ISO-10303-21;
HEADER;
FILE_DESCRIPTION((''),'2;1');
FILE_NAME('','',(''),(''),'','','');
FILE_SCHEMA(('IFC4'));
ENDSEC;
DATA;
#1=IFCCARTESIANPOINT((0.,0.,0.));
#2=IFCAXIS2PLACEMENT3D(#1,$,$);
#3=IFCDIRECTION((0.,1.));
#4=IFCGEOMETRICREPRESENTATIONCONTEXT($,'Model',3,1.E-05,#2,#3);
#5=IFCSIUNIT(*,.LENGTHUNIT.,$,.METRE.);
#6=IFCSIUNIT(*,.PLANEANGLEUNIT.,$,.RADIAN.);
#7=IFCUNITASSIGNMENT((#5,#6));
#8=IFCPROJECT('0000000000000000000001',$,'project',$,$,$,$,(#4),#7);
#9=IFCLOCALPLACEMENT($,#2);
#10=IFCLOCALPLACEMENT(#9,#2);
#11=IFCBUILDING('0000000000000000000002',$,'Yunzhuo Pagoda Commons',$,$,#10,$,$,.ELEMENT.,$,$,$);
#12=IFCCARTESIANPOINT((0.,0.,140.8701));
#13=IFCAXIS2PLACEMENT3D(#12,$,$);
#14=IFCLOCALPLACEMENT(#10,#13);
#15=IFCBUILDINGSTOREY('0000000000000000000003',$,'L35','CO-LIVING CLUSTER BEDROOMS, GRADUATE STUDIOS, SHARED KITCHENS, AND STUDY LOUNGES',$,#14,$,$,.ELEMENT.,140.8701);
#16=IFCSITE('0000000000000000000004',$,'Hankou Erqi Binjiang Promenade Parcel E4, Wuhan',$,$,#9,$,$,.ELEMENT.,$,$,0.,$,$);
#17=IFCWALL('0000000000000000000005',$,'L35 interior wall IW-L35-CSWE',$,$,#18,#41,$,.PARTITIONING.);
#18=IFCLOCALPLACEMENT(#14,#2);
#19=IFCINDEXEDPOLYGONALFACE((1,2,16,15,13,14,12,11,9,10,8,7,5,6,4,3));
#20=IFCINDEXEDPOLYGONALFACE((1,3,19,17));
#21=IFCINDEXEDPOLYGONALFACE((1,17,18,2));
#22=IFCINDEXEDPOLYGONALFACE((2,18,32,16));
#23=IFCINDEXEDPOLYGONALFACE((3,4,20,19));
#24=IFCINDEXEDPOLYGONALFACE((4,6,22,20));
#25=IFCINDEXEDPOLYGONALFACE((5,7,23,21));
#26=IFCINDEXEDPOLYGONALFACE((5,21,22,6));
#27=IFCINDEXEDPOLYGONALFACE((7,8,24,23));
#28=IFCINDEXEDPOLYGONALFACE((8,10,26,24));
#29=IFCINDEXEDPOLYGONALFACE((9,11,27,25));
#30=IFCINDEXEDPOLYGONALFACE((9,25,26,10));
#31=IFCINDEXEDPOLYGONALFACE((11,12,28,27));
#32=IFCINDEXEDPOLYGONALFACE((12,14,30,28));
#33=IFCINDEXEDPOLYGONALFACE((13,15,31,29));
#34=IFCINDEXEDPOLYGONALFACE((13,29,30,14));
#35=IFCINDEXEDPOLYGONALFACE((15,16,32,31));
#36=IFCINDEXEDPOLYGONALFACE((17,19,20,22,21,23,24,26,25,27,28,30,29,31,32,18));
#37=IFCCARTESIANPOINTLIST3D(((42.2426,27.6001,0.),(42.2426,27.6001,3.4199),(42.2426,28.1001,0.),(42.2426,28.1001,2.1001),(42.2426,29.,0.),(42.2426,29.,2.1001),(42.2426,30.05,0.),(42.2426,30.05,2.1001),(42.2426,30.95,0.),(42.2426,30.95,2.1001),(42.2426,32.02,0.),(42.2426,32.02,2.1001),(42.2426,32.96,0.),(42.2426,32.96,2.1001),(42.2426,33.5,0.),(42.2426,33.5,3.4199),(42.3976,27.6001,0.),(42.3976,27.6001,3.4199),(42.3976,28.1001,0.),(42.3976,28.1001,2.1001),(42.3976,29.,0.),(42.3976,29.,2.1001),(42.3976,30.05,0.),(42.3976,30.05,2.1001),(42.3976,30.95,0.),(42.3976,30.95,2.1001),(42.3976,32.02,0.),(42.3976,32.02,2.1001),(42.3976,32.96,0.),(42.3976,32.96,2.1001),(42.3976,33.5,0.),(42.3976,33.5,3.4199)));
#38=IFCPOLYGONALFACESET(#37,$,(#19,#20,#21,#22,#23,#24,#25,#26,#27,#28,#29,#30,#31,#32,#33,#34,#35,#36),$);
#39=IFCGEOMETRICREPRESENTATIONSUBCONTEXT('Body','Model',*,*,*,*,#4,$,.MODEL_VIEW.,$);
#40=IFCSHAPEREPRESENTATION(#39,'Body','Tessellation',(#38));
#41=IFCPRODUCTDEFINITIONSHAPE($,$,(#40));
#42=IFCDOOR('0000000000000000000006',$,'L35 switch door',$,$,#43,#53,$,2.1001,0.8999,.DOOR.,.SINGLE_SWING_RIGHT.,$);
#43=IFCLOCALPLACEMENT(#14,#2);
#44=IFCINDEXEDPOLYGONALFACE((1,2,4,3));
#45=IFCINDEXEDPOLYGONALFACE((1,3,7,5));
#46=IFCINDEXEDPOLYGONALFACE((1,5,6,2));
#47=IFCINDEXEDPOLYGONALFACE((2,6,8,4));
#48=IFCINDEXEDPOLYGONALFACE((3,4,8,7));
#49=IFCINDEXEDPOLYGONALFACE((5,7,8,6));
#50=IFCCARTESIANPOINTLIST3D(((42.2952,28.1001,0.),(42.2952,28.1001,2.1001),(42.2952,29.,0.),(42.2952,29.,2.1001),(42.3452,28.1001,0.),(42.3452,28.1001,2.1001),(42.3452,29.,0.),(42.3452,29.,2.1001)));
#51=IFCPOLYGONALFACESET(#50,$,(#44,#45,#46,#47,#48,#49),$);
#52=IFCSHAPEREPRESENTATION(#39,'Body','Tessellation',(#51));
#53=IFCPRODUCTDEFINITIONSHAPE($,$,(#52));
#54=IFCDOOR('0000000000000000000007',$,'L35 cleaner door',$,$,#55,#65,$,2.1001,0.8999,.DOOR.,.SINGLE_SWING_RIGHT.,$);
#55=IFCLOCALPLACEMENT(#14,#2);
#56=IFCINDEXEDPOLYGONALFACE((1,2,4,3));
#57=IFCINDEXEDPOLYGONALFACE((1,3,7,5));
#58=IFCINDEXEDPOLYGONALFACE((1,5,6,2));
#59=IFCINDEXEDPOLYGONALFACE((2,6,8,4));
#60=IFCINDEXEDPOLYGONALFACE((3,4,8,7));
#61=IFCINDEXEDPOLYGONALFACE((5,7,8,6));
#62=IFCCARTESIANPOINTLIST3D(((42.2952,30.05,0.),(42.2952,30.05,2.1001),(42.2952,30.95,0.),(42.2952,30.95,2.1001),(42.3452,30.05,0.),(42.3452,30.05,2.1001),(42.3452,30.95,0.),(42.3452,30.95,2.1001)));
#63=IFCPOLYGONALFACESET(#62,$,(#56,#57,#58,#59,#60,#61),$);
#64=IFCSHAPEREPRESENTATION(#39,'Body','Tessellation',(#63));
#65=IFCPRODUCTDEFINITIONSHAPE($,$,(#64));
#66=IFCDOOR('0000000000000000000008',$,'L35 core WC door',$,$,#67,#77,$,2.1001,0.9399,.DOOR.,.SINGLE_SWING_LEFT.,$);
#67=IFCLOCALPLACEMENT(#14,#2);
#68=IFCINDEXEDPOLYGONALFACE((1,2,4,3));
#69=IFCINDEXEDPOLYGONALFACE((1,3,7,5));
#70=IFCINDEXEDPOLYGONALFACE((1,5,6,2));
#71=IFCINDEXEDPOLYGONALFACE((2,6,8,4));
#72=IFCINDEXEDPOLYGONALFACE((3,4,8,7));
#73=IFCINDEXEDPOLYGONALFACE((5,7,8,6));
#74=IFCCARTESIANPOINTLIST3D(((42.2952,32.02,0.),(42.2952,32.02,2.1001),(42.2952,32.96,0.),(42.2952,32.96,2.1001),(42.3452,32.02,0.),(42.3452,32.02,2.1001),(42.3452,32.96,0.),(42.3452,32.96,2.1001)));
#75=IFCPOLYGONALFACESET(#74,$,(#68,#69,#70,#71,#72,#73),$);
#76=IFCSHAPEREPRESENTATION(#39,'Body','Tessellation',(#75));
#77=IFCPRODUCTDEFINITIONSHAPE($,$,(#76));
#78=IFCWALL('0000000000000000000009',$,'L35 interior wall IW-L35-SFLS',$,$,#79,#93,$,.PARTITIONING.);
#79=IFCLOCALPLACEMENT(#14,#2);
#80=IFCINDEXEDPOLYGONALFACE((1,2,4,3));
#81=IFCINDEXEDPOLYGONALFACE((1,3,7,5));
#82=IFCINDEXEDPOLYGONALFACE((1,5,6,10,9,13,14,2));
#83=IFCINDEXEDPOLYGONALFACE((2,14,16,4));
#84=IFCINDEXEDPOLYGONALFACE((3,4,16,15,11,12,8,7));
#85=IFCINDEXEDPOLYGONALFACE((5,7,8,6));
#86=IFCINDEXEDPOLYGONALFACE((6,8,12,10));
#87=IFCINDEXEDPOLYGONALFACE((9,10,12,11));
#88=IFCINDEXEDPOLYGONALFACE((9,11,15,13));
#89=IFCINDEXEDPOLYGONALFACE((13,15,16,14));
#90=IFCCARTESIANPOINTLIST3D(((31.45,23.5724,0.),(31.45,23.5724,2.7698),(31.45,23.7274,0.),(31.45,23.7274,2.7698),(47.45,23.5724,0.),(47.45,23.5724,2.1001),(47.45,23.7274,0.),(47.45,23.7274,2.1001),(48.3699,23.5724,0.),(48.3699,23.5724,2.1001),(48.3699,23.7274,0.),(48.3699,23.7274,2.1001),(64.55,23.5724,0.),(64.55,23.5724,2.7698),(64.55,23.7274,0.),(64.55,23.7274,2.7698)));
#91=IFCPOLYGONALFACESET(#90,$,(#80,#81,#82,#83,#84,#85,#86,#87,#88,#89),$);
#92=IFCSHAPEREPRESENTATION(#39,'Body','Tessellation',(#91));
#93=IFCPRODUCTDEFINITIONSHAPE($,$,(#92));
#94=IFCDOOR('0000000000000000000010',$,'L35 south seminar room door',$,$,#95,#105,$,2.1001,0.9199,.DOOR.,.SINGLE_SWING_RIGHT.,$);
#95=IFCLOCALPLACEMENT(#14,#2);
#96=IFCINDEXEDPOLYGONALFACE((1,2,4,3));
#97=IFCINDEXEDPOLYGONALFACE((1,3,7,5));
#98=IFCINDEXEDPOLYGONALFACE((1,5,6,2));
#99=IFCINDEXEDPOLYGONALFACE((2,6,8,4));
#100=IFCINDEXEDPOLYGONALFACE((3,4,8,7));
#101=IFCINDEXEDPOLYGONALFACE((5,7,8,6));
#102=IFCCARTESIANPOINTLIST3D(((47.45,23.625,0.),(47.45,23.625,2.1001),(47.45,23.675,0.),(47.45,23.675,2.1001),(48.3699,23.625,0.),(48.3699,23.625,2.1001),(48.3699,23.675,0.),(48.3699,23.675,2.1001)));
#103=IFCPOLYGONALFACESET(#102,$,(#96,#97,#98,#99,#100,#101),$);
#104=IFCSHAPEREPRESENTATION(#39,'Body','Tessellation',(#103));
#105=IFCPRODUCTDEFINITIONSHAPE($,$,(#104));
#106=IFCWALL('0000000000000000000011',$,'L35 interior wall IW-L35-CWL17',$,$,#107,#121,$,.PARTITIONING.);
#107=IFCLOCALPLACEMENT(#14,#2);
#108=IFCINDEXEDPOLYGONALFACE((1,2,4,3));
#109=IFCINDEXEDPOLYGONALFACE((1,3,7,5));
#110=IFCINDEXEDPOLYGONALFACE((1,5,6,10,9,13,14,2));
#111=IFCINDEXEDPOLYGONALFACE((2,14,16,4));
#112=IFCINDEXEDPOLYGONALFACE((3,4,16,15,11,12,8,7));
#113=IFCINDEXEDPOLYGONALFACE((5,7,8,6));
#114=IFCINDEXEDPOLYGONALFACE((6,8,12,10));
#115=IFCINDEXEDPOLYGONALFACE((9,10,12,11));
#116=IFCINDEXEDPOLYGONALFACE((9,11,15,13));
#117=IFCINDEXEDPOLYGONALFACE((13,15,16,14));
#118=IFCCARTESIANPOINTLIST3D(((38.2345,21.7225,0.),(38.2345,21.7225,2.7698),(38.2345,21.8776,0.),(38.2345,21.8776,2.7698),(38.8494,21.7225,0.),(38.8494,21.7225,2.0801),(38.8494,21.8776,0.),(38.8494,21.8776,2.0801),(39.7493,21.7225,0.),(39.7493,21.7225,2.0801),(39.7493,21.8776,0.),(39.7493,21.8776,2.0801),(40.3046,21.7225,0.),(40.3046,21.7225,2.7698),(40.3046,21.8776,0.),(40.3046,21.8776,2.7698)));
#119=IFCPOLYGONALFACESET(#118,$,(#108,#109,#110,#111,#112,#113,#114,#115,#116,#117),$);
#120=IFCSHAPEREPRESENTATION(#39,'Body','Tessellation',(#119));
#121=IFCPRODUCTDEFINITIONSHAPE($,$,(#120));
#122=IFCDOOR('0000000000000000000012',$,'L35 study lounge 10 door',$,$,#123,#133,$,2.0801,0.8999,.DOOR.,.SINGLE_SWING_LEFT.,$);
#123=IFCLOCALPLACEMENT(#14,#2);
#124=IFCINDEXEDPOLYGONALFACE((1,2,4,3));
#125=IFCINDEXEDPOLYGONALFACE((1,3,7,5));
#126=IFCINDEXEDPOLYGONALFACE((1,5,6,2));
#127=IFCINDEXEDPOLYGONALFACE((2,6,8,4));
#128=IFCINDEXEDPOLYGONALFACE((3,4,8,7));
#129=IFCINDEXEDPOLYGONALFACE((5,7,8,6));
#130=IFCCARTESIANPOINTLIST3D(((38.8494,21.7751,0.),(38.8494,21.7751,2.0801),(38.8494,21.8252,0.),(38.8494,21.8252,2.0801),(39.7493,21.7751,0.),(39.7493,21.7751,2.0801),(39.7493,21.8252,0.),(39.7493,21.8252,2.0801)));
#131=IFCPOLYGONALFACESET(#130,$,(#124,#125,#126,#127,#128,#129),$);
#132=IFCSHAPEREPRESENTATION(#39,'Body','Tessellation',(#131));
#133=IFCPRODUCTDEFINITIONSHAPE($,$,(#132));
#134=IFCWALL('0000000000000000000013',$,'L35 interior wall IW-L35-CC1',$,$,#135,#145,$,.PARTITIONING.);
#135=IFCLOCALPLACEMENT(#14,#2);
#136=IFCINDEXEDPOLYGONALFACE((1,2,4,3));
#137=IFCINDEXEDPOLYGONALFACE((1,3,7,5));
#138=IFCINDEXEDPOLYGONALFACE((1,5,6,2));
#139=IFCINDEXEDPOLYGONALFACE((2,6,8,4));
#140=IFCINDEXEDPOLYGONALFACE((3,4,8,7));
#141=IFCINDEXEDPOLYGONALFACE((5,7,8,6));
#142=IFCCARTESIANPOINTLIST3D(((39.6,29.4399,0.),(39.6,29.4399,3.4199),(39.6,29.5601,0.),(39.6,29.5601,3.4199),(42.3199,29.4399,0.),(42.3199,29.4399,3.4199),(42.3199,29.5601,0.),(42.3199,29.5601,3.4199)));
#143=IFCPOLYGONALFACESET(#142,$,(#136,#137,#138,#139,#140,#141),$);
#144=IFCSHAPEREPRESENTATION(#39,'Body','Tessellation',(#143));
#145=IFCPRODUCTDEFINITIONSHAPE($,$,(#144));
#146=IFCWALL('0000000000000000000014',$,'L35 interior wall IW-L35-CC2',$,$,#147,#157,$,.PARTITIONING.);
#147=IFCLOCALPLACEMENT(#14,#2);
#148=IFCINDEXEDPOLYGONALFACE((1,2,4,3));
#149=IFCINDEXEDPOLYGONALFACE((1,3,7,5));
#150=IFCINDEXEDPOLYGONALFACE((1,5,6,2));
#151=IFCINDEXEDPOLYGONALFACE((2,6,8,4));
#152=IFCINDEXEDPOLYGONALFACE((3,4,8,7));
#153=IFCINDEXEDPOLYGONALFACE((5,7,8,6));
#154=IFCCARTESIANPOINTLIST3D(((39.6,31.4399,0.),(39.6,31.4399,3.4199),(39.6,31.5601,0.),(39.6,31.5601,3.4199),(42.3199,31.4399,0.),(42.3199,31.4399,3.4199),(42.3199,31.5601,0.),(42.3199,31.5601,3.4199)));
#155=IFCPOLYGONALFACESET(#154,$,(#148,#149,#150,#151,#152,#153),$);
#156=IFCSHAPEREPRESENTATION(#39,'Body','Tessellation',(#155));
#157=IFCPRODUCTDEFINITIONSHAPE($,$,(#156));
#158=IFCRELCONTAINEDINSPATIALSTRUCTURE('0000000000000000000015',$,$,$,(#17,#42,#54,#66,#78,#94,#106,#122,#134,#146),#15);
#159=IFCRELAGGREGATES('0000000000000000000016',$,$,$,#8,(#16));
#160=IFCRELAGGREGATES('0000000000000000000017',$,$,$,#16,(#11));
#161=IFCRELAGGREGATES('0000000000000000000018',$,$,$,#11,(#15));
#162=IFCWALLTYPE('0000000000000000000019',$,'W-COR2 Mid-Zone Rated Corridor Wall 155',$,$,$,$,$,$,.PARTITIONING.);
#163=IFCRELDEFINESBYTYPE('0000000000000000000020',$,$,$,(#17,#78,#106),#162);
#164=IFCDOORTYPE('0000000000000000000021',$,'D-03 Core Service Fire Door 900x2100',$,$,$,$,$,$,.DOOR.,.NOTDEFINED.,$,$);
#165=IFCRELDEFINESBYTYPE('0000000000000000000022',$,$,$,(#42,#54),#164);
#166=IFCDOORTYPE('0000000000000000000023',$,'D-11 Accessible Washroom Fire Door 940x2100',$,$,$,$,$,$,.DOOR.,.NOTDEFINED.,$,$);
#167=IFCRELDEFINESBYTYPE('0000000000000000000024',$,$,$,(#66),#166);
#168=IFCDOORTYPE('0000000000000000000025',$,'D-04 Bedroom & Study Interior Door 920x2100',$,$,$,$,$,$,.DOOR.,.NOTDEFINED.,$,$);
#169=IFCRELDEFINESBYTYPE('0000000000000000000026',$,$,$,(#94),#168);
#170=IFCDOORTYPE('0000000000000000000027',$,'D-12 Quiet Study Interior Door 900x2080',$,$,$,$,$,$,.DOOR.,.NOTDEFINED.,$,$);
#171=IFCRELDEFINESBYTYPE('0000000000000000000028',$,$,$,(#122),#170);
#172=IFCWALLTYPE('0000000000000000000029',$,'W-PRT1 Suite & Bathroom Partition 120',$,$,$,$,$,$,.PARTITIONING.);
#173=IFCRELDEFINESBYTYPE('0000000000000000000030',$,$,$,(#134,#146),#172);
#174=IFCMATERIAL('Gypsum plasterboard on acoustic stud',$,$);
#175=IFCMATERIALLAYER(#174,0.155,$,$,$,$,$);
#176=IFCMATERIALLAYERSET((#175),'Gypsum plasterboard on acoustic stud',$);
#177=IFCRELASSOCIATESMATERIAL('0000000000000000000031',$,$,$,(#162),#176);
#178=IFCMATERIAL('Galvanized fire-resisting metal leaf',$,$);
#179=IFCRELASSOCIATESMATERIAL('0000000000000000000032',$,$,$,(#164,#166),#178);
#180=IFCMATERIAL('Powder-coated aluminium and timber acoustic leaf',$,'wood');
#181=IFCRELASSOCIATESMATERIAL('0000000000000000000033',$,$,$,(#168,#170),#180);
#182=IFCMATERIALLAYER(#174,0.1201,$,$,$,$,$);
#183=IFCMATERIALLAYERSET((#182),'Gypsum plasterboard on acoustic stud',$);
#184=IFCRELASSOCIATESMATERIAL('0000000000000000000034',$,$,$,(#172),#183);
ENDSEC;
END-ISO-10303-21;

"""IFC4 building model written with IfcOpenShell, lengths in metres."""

from ifc_helpers import new_model, si_unit, direction, frame, frame_2d, origin, origin_with_axes, place, context, subcontext, project, spatial, rectangle, extrude, source, transform, mapped, material, layer, layer_set, type_object, element, fill, save


model = new_model("IFC4")

# Units and contexts
model_context = context("Model", 3, precision=1e-05, world=origin(), true_north=direction((0.0, 1.0)))
body_context = subcontext(model_context, "Body", "Model", "MODEL_VIEW")
ifc_project = project(units=[si_unit("LENGTHUNIT", "METRE"), si_unit("PLANEANGLEUNIT", "RADIAN")], contexts=[model_context])

# Site, building, storey
site_placement = place(None, origin())
site = spatial("IfcSite", under=ifc_project, at=site_placement, Name="Hankou Erqi Binjiang Promenade Parcel E4, Wuhan", CompositionType="ELEMENT", RefElevation=0.0)
building_placement = place(site_placement, origin())
building = spatial("IfcBuilding", under=site, at=building_placement, Name="Yunzhuo Pagoda Commons", CompositionType="ELEMENT")
storey_placement = place(building_placement, frame((0.0, 0.0, 140.8701)))
storey = spatial("IfcBuildingStorey", under=building, at=storey_placement, Name="L35", Description="CO-LIVING CLUSTER BEDROOMS, GRADUATE STUDIOS, SHARED KITCHENS, AND STUDY LOUNGES", CompositionType="ELEMENT", Elevation=140.8701)

# Wall, openings, doors
ifc_material_1 = material(Name="Gypsum plasterboard on acoustic stud")
ifc_layer_1 = layer(ifc_material_1, 0.155)
ifc_layer_set_1 = layer_set([ifc_layer_1], Name="Gypsum plasterboard on acoustic stud")
wall_type_1 = type_object("IfcWallType", Name="W-COR2 Mid-Zone Rated Corridor Wall 155", PredefinedType="PARTITIONING", material=ifc_layer_set_1)
wall_1_placement = place(storey_placement, frame((42.3201, 27.6001, 0.0), z_axis=(0.0, 0.0, 1.0), x_axis=(0.0, 1.0, 0.0)))
wall_1 = element("IfcWall", 1, at=wall_1_placement, inside=storey, type_object=wall_type_1, Name="L35 interior wall IW-L35-CSWE", PredefinedType="PARTITIONING", context=body_context, shape_type="SweptSolid", body=[
    extrude(rectangle(XDim=5.8999, YDim=0.155, at=frame_2d((2.95, 0.0))), origin(), (0.0, 0.0, 1.0), 3.4199),
])
opening_1_placement = place(wall_1_placement, frame((0.5, 0.0, 0.0)))
opening_1 = element("IfcOpeningElement", 2, at=opening_1_placement, cuts=wall_1, PredefinedType="OPENING", context=body_context, shape_type="SweptSolid", body=[
    extrude(rectangle(XDim=0.8999, YDim=2.1001, at=frame_2d((0.45, 1.05))), frame((0.0, 0.0874, 0.0), z_axis=(0.0, -1.0, 0.0), x_axis=(1.0, 0.0, 0.0)), (0.0, 0.0, 1.0), 0.175),
])
opening_2_placement = place(wall_1_placement, frame((2.45, 0.0, 0.0)))
opening_2 = element("IfcOpeningElement", 3, at=opening_2_placement, cuts=wall_1, PredefinedType="OPENING", context=body_context, shape_type="SweptSolid", body=[
    extrude(rectangle(XDim=0.8999, YDim=2.1001, at=frame_2d((0.45, 1.05))), frame((0.0, 0.0874, 0.0), z_axis=(0.0, -1.0, 0.0), x_axis=(1.0, 0.0, 0.0)), (0.0, 0.0, 1.0), 0.175),
])
opening_3_placement = place(wall_1_placement, frame((4.4199, 0.0, 0.0)))
opening_3 = element("IfcOpeningElement", 4, at=opening_3_placement, cuts=wall_1, PredefinedType="OPENING", context=body_context, shape_type="SweptSolid", body=[
    extrude(rectangle(XDim=0.9399, YDim=2.1001, at=frame_2d((0.47, 1.05))), frame((0.0, 0.0874, 0.0), z_axis=(0.0, -1.0, 0.0), x_axis=(1.0, 0.0, 0.0)), (0.0, 0.0, 1.0), 0.175),
])
ifc_material_2 = material(Name="Galvanized fire-resisting metal leaf")
door_type_1 = type_object("IfcDoorType", Name="D-03 Core Service Fire Door 900x2100", OperationType="NOTDEFINED", PredefinedType="DOOR", material=ifc_material_2)
shared_shape_1 = source(origin(), body_context, "Body", "SweptSolid", [
    extrude(rectangle(XDim=0.8999, YDim=2.1001, at=frame_2d((0.45, 1.05))), frame((0.0, 0.0249, 0.0), z_axis=(0.0, -1.0, 0.0), x_axis=(1.0, 0.0, 0.0)), (0.0, 0.0, 1.0), 0.05),
])
door_1_placement = place(opening_1_placement, origin_with_axes())
door_1 = element("IfcDoor", 5, at=door_1_placement, inside=storey, type_object=door_type_1, Name="L35 switch door", OperationType="SINGLE_SWING_RIGHT", OverallHeight=2.1001, OverallWidth=0.8999, PredefinedType="DOOR", context=body_context, shape_type="MappedRepresentation", body=[
    mapped(shared_shape_1, transform((0.0, 0.0, 0.0), scale=1.0)),
])
fill(opening_1, door_1)
door_2_placement = place(opening_2_placement, origin_with_axes())
door_2 = element("IfcDoor", 6, at=door_2_placement, inside=storey, type_object=door_type_1, Name="L35 cleaner door", OperationType="SINGLE_SWING_RIGHT", OverallHeight=2.1001, OverallWidth=0.8999, PredefinedType="DOOR", context=body_context, shape_type="MappedRepresentation", body=[
    mapped(shared_shape_1, transform((0.0, 0.0, 0.0), scale=1.0)),
])
fill(opening_2, door_2)
door_type_2 = type_object("IfcDoorType", Name="D-11 Accessible Washroom Fire Door 940x2100", OperationType="NOTDEFINED", PredefinedType="DOOR", material=ifc_material_2)
shared_shape_2 = source(origin(), body_context, "Body", "SweptSolid", [
    extrude(rectangle(XDim=0.9399, YDim=2.1001, at=frame_2d((0.47, 1.05))), frame((0.0, 0.0249, 0.0), z_axis=(0.0, -1.0, 0.0), x_axis=(1.0, 0.0, 0.0)), (0.0, 0.0, 1.0), 0.05),
])
door_3_placement = place(opening_3_placement, origin_with_axes())
door_3 = element("IfcDoor", 7, at=door_3_placement, inside=storey, type_object=door_type_2, Name="L35 core WC door", OperationType="SINGLE_SWING_LEFT", OverallHeight=2.1001, OverallWidth=0.9399, PredefinedType="DOOR", context=body_context, shape_type="MappedRepresentation", body=[
    mapped(shared_shape_2, transform((0.0, 0.0, 0.0), scale=1.0)),
])
fill(opening_3, door_3)

# Walls, openings, doors
wall_2_placement = place(storey_placement, frame((31.45, 23.6499, 0.0), z_axis=(0.0, 0.0, 1.0), x_axis=(1.0, 0.0, 0.0)))
wall_2 = element("IfcWall", 8, at=wall_2_placement, inside=storey, type_object=wall_type_1, Name="L35 interior wall IW-L35-SFLS", PredefinedType="PARTITIONING", context=body_context, shape_type="SweptSolid", body=[
    extrude(rectangle(XDim=33.1001, YDim=0.155, at=frame_2d((16.55, 0.0))), origin(), (0.0, 0.0, 1.0), 2.7698),
])
opening_4_placement = place(wall_2_placement, frame((16.0, 0.0, 0.0)))
opening_4 = element("IfcOpeningElement", 9, at=opening_4_placement, cuts=wall_2, PredefinedType="OPENING", context=body_context, shape_type="SweptSolid", body=[
    extrude(rectangle(XDim=0.9199, YDim=2.1001, at=frame_2d((0.46, 1.05))), frame((0.0, 0.0874, 0.0), z_axis=(0.0, -1.0, 0.0), x_axis=(1.0, 0.0, 0.0)), (0.0, 0.0, 1.0), 0.175),
])
ifc_material_3 = material(Name="Powder-coated aluminium and timber acoustic leaf", Category="wood")
door_type_3 = type_object("IfcDoorType", Name="D-04 Bedroom & Study Interior Door 920x2100", OperationType="NOTDEFINED", PredefinedType="DOOR", material=ifc_material_3)
shared_shape_3 = source(origin(), body_context, "Body", "SweptSolid", [
    extrude(rectangle(XDim=0.9199, YDim=2.1001, at=frame_2d((0.46, 1.05))), frame((0.0, 0.0249, 0.0), z_axis=(0.0, -1.0, 0.0), x_axis=(1.0, 0.0, 0.0)), (0.0, 0.0, 1.0), 0.05),
])
door_4_placement = place(opening_4_placement, frame((0.9199, 0.0, 0.0), z_axis=(0.0, 0.0, 1.0), x_axis=(-1.0, 0.0, 0.0)))
door_4 = element("IfcDoor", 10, at=door_4_placement, inside=storey, type_object=door_type_3, Name="L35 south seminar room door", OperationType="SINGLE_SWING_RIGHT", OverallHeight=2.1001, OverallWidth=0.9199, PredefinedType="DOOR", context=body_context, shape_type="MappedRepresentation", body=[
    mapped(shared_shape_3, transform((0.0, 0.0, 0.0), scale=1.0)),
])
fill(opening_4, door_4)
wall_3_placement = place(storey_placement, frame((40.3047, 21.8, 0.0), z_axis=(0.0, 0.0, 1.0), x_axis=(-1.0, 0.0, 0.0)))
wall_3 = element("IfcWall", 11, at=wall_3_placement, inside=storey, type_object=wall_type_1, Name="L35 interior wall IW-L35-CWL17", PredefinedType="PARTITIONING", context=body_context, shape_type="SweptSolid", body=[
    extrude(rectangle(XDim=2.0701, YDim=0.155, at=frame_2d((1.0352, 0.0))), origin(), (0.0, 0.0, 1.0), 2.7698),
])
opening_5_placement = place(wall_3_placement, frame((0.5554, 0.0, 0.0)))
opening_5 = element("IfcOpeningElement", 12, at=opening_5_placement, cuts=wall_3, PredefinedType="OPENING", context=body_context, shape_type="SweptSolid", body=[
    extrude(rectangle(XDim=0.8999, YDim=2.0801, at=frame_2d((0.45, 1.04))), frame((0.0, 0.0874, 0.0), z_axis=(0.0, -1.0, 0.0), x_axis=(1.0, 0.0, 0.0)), (0.0, 0.0, 1.0), 0.175),
])
door_type_4 = type_object("IfcDoorType", Name="D-12 Quiet Study Interior Door 900x2080", OperationType="NOTDEFINED", PredefinedType="DOOR", material=ifc_material_3)
shared_shape_4 = source(origin(), body_context, "Body", "SweptSolid", [
    extrude(rectangle(XDim=0.8999, YDim=2.0801, at=frame_2d((0.45, 1.04))), frame((0.0, 0.0249, 0.0), z_axis=(0.0, -1.0, 0.0), x_axis=(1.0, 0.0, 0.0)), (0.0, 0.0, 1.0), 0.05),
])
door_5_placement = place(opening_5_placement, origin_with_axes())
door_5 = element("IfcDoor", 13, at=door_5_placement, inside=storey, type_object=door_type_4, Name="L35 study lounge 10 door", OperationType="SINGLE_SWING_LEFT", OverallHeight=2.0801, OverallWidth=0.8999, PredefinedType="DOOR", context=body_context, shape_type="MappedRepresentation", body=[
    mapped(shared_shape_4, transform((0.0, 0.0, 0.0), scale=1.0)),
])
fill(opening_5, door_5)

# Walls
ifc_layer_2 = layer(ifc_material_1, 0.1201)
ifc_layer_set_2 = layer_set([ifc_layer_2], Name="Gypsum plasterboard on acoustic stud")
wall_type_2 = type_object("IfcWallType", Name="W-PRT1 Suite & Bathroom Partition 120", PredefinedType="PARTITIONING", material=ifc_layer_set_2)
for number, where, z_axis, x_axis, name in (
    (14, (39.6001, 29.5, 0.0), (0.0, 0.0, 1.0), (1.0, 0.0, 0.0), "L35 interior wall IW-L35-CC1"),
    (15, (39.6001, 31.5, 0.0), (0.0, 0.0, 1.0), (1.0, 0.0, 0.0), "L35 interior wall IW-L35-CC2"),
):
    element("IfcWall", number, at=place(storey_placement, frame(where, z_axis=z_axis, x_axis=x_axis)), inside=storey, type_object=wall_type_2, Name=name, PredefinedType="PARTITIONING", context=body_context, shape_type="SweptSolid", body=[
        extrude(rectangle(XDim=2.72, YDim=0.1201, at=frame_2d((1.3599, 0.0))), origin(), (0.0, 0.0, 1.0), 3.4199),
    ])

save(model, "model.ifc")
